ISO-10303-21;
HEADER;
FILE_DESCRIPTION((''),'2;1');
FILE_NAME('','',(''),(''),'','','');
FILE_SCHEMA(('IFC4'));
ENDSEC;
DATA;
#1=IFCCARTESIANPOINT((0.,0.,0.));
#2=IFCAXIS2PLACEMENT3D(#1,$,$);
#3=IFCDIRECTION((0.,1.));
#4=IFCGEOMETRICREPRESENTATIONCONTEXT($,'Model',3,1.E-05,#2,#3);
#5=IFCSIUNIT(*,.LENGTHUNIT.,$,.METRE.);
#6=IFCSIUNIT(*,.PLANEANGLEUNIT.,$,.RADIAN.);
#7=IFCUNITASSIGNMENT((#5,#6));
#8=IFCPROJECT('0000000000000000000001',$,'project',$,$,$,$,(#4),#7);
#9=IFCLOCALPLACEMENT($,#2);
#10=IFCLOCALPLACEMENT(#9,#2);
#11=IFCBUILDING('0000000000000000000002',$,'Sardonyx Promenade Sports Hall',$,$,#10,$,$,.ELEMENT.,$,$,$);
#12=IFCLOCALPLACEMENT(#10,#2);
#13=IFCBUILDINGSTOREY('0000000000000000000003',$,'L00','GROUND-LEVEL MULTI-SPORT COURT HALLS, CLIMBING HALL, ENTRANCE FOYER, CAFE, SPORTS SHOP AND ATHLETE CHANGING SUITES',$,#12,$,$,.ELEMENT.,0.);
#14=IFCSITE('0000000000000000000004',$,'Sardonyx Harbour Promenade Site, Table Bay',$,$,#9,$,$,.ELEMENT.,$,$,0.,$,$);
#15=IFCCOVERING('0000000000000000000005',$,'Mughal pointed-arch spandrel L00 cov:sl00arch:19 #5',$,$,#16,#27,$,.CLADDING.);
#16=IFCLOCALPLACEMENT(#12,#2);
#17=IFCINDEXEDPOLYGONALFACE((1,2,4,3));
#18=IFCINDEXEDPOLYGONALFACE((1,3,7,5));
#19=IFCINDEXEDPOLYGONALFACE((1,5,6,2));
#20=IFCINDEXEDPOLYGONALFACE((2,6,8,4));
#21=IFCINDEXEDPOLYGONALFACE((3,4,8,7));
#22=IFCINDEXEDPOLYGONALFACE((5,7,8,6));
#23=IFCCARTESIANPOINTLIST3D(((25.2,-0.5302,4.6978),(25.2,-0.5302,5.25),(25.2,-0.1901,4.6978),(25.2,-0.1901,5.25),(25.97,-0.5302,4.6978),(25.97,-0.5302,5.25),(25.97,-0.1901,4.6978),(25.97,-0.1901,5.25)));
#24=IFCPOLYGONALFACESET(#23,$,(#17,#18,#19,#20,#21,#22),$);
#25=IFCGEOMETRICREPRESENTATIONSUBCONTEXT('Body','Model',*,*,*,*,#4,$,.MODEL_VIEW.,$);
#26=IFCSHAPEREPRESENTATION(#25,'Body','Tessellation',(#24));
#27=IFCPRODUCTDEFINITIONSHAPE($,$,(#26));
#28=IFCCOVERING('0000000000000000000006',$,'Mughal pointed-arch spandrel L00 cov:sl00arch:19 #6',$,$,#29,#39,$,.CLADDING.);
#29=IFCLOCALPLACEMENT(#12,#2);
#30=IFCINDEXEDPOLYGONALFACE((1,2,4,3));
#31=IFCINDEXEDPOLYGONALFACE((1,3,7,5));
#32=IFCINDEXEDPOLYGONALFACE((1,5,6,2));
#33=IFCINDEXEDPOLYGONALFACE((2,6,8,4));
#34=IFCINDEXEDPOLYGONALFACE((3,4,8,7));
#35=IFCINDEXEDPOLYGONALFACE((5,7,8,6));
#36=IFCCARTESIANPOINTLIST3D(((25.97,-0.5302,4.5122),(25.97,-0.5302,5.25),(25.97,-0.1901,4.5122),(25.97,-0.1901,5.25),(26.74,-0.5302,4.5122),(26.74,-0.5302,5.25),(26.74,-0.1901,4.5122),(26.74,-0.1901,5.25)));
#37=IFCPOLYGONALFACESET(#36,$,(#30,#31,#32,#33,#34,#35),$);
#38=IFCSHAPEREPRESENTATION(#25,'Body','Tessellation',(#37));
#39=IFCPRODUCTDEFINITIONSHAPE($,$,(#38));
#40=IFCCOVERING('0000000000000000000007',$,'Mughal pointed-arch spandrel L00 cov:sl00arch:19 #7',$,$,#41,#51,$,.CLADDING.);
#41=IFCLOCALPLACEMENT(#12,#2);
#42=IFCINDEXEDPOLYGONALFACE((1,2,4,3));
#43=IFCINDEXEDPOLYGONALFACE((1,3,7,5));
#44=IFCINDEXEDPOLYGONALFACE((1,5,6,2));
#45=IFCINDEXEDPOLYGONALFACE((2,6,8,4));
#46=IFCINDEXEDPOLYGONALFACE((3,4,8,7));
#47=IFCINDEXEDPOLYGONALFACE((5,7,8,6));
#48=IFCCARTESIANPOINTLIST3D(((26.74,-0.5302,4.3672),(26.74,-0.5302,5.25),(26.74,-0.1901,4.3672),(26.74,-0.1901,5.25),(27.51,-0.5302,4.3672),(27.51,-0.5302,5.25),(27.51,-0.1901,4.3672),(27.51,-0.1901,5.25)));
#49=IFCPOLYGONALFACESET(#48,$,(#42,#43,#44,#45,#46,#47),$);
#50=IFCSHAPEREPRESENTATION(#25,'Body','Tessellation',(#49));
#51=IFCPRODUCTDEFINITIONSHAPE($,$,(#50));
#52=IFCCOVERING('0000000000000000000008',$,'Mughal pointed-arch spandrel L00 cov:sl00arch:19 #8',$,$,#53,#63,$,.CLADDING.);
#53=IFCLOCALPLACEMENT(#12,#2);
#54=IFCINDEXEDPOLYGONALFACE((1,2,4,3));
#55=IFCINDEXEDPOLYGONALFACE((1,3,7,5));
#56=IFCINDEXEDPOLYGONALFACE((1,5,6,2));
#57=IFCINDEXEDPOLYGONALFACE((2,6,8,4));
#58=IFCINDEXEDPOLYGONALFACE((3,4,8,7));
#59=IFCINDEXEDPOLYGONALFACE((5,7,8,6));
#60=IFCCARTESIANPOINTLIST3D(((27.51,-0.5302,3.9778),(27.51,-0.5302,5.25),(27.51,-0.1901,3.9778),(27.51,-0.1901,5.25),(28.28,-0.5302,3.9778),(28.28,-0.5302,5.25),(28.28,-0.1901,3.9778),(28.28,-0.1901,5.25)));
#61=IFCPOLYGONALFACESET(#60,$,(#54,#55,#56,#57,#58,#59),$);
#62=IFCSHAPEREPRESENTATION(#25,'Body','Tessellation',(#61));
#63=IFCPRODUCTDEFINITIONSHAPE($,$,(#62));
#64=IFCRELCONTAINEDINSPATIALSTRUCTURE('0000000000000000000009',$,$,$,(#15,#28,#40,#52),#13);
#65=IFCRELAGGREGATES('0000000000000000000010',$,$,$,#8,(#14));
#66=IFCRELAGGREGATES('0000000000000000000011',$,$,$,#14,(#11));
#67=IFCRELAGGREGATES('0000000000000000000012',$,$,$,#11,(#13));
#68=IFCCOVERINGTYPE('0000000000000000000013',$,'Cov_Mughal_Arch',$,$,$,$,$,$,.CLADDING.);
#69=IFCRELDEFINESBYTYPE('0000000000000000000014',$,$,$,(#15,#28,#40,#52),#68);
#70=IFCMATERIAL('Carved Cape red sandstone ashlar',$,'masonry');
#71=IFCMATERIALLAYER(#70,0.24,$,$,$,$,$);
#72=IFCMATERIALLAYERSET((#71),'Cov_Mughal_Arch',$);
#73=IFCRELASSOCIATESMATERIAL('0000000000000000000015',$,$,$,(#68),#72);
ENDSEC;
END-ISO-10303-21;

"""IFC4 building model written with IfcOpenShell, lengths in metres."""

from ifc_helpers import new_model, si_unit, direction, frame, frame_2d, origin, place, context, subcontext, project, spatial, rectangle, extrude, material, layer, layer_set, type_object, element, save


model = new_model("IFC4")

# Units and contexts
model_context = context("Model", 3, precision=1e-05, world=origin(), true_north=direction((0.0, 1.0)))
body_context = subcontext(model_context, "Body", "Model", "MODEL_VIEW")
ifc_project = project(units=[si_unit("LENGTHUNIT", "METRE"), si_unit("PLANEANGLEUNIT", "RADIAN")], contexts=[model_context])

# Site, building, storey
site_placement = place(None, origin())
site = spatial("IfcSite", under=ifc_project, at=site_placement, Name="Sardonyx Harbour Promenade Site, Table Bay", CompositionType="ELEMENT", RefElevation=0.0)
building_placement = place(site_placement, origin())
building = spatial("IfcBuilding", under=site, at=building_placement, Name="Sardonyx Promenade Sports Hall", CompositionType="ELEMENT")
storey_placement = place(building_placement, origin())
storey = spatial("IfcBuildingStorey", under=building, at=storey_placement, Name="L00", Description="GROUND-LEVEL MULTI-SPORT COURT HALLS, CLIMBING HALL, ENTRANCE FOYER, CAFE, SPORTS SHOP AND ATHLETE CHANGING SUITES", CompositionType="ELEMENT", Elevation=0.0)

# Coverings
ifc_material_1 = material(Name="Carved Cape red sandstone ashlar", Category="masonry")
ifc_layer_1 = layer(ifc_material_1, 0.24)
ifc_layer_set_1 = layer_set([ifc_layer_1], Name="Cov_Mughal_Arch")
covering_type = type_object("IfcCoveringType", Name="Cov_Mughal_Arch", PredefinedType="CLADDING", material=ifc_layer_set_1)
for number, where, z_axis, x_axis, name in (
    (1, (25.2, -0.3601, 4.6978), (0.0, 0.0, 1.0), (1.0, 0.0, 0.0), "Mughal pointed-arch spandrel L00 cov:sl00arch:19 #5"),
):
    element("IfcCovering", number, at=place(storey_placement, frame(where, z_axis=z_axis, x_axis=x_axis)), inside=storey, type_object=covering_type, Name=name, PredefinedType="CLADDING", context=body_context, shape_type="SweptSolid", body=[
        extrude(rectangle(XDim=0.77, YDim=0.3401, at=frame_2d((0.385, 0.0))), origin(), (0.0, 0.0, 1.0), 0.5522),
    ])
covering_1_placement = place(storey_placement, frame((25.97, -0.3601, 4.5122), z_axis=(0.0, 0.0, 1.0), x_axis=(1.0, 0.0, 0.0)))
element("IfcCovering", 2, at=covering_1_placement, inside=storey, type_object=covering_type, Name="Mughal pointed-arch spandrel L00 cov:sl00arch:19 #6", PredefinedType="CLADDING", context=body_context, shape_type="SweptSolid", body=[
    extrude(rectangle(XDim=0.77, YDim=0.3401, at=frame_2d((0.385, 0.0))), origin(), (0.0, 0.0, 1.0), 0.7378),
])
covering_2_placement = place(storey_placement, frame((26.74, -0.3601, 4.3672), z_axis=(0.0, 0.0, 1.0), x_axis=(1.0, 0.0, 0.0)))
element("IfcCovering", 3, at=covering_2_placement, inside=storey, type_object=covering_type, Name="Mughal pointed-arch spandrel L00 cov:sl00arch:19 #7", PredefinedType="CLADDING", context=body_context, shape_type="SweptSolid", body=[
    extrude(rectangle(XDim=0.77, YDim=0.3401, at=frame_2d((0.385, 0.0))), origin(), (0.0, 0.0, 1.0), 0.8828),
])
covering_3_placement = place(storey_placement, frame((27.51, -0.3601, 3.9778), z_axis=(0.0, 0.0, 1.0), x_axis=(1.0, 0.0, 0.0)))
element("IfcCovering", 4, at=covering_3_placement, inside=storey, type_object=covering_type, Name="Mughal pointed-arch spandrel L00 cov:sl00arch:19 #8", PredefinedType="CLADDING", context=body_context, shape_type="SweptSolid", body=[
    extrude(rectangle(XDim=0.77, YDim=0.3401, at=frame_2d((0.385, 0.0))), origin(), (0.0, 0.0, 1.0), 1.2722),
])

save(model, "model.ifc")
